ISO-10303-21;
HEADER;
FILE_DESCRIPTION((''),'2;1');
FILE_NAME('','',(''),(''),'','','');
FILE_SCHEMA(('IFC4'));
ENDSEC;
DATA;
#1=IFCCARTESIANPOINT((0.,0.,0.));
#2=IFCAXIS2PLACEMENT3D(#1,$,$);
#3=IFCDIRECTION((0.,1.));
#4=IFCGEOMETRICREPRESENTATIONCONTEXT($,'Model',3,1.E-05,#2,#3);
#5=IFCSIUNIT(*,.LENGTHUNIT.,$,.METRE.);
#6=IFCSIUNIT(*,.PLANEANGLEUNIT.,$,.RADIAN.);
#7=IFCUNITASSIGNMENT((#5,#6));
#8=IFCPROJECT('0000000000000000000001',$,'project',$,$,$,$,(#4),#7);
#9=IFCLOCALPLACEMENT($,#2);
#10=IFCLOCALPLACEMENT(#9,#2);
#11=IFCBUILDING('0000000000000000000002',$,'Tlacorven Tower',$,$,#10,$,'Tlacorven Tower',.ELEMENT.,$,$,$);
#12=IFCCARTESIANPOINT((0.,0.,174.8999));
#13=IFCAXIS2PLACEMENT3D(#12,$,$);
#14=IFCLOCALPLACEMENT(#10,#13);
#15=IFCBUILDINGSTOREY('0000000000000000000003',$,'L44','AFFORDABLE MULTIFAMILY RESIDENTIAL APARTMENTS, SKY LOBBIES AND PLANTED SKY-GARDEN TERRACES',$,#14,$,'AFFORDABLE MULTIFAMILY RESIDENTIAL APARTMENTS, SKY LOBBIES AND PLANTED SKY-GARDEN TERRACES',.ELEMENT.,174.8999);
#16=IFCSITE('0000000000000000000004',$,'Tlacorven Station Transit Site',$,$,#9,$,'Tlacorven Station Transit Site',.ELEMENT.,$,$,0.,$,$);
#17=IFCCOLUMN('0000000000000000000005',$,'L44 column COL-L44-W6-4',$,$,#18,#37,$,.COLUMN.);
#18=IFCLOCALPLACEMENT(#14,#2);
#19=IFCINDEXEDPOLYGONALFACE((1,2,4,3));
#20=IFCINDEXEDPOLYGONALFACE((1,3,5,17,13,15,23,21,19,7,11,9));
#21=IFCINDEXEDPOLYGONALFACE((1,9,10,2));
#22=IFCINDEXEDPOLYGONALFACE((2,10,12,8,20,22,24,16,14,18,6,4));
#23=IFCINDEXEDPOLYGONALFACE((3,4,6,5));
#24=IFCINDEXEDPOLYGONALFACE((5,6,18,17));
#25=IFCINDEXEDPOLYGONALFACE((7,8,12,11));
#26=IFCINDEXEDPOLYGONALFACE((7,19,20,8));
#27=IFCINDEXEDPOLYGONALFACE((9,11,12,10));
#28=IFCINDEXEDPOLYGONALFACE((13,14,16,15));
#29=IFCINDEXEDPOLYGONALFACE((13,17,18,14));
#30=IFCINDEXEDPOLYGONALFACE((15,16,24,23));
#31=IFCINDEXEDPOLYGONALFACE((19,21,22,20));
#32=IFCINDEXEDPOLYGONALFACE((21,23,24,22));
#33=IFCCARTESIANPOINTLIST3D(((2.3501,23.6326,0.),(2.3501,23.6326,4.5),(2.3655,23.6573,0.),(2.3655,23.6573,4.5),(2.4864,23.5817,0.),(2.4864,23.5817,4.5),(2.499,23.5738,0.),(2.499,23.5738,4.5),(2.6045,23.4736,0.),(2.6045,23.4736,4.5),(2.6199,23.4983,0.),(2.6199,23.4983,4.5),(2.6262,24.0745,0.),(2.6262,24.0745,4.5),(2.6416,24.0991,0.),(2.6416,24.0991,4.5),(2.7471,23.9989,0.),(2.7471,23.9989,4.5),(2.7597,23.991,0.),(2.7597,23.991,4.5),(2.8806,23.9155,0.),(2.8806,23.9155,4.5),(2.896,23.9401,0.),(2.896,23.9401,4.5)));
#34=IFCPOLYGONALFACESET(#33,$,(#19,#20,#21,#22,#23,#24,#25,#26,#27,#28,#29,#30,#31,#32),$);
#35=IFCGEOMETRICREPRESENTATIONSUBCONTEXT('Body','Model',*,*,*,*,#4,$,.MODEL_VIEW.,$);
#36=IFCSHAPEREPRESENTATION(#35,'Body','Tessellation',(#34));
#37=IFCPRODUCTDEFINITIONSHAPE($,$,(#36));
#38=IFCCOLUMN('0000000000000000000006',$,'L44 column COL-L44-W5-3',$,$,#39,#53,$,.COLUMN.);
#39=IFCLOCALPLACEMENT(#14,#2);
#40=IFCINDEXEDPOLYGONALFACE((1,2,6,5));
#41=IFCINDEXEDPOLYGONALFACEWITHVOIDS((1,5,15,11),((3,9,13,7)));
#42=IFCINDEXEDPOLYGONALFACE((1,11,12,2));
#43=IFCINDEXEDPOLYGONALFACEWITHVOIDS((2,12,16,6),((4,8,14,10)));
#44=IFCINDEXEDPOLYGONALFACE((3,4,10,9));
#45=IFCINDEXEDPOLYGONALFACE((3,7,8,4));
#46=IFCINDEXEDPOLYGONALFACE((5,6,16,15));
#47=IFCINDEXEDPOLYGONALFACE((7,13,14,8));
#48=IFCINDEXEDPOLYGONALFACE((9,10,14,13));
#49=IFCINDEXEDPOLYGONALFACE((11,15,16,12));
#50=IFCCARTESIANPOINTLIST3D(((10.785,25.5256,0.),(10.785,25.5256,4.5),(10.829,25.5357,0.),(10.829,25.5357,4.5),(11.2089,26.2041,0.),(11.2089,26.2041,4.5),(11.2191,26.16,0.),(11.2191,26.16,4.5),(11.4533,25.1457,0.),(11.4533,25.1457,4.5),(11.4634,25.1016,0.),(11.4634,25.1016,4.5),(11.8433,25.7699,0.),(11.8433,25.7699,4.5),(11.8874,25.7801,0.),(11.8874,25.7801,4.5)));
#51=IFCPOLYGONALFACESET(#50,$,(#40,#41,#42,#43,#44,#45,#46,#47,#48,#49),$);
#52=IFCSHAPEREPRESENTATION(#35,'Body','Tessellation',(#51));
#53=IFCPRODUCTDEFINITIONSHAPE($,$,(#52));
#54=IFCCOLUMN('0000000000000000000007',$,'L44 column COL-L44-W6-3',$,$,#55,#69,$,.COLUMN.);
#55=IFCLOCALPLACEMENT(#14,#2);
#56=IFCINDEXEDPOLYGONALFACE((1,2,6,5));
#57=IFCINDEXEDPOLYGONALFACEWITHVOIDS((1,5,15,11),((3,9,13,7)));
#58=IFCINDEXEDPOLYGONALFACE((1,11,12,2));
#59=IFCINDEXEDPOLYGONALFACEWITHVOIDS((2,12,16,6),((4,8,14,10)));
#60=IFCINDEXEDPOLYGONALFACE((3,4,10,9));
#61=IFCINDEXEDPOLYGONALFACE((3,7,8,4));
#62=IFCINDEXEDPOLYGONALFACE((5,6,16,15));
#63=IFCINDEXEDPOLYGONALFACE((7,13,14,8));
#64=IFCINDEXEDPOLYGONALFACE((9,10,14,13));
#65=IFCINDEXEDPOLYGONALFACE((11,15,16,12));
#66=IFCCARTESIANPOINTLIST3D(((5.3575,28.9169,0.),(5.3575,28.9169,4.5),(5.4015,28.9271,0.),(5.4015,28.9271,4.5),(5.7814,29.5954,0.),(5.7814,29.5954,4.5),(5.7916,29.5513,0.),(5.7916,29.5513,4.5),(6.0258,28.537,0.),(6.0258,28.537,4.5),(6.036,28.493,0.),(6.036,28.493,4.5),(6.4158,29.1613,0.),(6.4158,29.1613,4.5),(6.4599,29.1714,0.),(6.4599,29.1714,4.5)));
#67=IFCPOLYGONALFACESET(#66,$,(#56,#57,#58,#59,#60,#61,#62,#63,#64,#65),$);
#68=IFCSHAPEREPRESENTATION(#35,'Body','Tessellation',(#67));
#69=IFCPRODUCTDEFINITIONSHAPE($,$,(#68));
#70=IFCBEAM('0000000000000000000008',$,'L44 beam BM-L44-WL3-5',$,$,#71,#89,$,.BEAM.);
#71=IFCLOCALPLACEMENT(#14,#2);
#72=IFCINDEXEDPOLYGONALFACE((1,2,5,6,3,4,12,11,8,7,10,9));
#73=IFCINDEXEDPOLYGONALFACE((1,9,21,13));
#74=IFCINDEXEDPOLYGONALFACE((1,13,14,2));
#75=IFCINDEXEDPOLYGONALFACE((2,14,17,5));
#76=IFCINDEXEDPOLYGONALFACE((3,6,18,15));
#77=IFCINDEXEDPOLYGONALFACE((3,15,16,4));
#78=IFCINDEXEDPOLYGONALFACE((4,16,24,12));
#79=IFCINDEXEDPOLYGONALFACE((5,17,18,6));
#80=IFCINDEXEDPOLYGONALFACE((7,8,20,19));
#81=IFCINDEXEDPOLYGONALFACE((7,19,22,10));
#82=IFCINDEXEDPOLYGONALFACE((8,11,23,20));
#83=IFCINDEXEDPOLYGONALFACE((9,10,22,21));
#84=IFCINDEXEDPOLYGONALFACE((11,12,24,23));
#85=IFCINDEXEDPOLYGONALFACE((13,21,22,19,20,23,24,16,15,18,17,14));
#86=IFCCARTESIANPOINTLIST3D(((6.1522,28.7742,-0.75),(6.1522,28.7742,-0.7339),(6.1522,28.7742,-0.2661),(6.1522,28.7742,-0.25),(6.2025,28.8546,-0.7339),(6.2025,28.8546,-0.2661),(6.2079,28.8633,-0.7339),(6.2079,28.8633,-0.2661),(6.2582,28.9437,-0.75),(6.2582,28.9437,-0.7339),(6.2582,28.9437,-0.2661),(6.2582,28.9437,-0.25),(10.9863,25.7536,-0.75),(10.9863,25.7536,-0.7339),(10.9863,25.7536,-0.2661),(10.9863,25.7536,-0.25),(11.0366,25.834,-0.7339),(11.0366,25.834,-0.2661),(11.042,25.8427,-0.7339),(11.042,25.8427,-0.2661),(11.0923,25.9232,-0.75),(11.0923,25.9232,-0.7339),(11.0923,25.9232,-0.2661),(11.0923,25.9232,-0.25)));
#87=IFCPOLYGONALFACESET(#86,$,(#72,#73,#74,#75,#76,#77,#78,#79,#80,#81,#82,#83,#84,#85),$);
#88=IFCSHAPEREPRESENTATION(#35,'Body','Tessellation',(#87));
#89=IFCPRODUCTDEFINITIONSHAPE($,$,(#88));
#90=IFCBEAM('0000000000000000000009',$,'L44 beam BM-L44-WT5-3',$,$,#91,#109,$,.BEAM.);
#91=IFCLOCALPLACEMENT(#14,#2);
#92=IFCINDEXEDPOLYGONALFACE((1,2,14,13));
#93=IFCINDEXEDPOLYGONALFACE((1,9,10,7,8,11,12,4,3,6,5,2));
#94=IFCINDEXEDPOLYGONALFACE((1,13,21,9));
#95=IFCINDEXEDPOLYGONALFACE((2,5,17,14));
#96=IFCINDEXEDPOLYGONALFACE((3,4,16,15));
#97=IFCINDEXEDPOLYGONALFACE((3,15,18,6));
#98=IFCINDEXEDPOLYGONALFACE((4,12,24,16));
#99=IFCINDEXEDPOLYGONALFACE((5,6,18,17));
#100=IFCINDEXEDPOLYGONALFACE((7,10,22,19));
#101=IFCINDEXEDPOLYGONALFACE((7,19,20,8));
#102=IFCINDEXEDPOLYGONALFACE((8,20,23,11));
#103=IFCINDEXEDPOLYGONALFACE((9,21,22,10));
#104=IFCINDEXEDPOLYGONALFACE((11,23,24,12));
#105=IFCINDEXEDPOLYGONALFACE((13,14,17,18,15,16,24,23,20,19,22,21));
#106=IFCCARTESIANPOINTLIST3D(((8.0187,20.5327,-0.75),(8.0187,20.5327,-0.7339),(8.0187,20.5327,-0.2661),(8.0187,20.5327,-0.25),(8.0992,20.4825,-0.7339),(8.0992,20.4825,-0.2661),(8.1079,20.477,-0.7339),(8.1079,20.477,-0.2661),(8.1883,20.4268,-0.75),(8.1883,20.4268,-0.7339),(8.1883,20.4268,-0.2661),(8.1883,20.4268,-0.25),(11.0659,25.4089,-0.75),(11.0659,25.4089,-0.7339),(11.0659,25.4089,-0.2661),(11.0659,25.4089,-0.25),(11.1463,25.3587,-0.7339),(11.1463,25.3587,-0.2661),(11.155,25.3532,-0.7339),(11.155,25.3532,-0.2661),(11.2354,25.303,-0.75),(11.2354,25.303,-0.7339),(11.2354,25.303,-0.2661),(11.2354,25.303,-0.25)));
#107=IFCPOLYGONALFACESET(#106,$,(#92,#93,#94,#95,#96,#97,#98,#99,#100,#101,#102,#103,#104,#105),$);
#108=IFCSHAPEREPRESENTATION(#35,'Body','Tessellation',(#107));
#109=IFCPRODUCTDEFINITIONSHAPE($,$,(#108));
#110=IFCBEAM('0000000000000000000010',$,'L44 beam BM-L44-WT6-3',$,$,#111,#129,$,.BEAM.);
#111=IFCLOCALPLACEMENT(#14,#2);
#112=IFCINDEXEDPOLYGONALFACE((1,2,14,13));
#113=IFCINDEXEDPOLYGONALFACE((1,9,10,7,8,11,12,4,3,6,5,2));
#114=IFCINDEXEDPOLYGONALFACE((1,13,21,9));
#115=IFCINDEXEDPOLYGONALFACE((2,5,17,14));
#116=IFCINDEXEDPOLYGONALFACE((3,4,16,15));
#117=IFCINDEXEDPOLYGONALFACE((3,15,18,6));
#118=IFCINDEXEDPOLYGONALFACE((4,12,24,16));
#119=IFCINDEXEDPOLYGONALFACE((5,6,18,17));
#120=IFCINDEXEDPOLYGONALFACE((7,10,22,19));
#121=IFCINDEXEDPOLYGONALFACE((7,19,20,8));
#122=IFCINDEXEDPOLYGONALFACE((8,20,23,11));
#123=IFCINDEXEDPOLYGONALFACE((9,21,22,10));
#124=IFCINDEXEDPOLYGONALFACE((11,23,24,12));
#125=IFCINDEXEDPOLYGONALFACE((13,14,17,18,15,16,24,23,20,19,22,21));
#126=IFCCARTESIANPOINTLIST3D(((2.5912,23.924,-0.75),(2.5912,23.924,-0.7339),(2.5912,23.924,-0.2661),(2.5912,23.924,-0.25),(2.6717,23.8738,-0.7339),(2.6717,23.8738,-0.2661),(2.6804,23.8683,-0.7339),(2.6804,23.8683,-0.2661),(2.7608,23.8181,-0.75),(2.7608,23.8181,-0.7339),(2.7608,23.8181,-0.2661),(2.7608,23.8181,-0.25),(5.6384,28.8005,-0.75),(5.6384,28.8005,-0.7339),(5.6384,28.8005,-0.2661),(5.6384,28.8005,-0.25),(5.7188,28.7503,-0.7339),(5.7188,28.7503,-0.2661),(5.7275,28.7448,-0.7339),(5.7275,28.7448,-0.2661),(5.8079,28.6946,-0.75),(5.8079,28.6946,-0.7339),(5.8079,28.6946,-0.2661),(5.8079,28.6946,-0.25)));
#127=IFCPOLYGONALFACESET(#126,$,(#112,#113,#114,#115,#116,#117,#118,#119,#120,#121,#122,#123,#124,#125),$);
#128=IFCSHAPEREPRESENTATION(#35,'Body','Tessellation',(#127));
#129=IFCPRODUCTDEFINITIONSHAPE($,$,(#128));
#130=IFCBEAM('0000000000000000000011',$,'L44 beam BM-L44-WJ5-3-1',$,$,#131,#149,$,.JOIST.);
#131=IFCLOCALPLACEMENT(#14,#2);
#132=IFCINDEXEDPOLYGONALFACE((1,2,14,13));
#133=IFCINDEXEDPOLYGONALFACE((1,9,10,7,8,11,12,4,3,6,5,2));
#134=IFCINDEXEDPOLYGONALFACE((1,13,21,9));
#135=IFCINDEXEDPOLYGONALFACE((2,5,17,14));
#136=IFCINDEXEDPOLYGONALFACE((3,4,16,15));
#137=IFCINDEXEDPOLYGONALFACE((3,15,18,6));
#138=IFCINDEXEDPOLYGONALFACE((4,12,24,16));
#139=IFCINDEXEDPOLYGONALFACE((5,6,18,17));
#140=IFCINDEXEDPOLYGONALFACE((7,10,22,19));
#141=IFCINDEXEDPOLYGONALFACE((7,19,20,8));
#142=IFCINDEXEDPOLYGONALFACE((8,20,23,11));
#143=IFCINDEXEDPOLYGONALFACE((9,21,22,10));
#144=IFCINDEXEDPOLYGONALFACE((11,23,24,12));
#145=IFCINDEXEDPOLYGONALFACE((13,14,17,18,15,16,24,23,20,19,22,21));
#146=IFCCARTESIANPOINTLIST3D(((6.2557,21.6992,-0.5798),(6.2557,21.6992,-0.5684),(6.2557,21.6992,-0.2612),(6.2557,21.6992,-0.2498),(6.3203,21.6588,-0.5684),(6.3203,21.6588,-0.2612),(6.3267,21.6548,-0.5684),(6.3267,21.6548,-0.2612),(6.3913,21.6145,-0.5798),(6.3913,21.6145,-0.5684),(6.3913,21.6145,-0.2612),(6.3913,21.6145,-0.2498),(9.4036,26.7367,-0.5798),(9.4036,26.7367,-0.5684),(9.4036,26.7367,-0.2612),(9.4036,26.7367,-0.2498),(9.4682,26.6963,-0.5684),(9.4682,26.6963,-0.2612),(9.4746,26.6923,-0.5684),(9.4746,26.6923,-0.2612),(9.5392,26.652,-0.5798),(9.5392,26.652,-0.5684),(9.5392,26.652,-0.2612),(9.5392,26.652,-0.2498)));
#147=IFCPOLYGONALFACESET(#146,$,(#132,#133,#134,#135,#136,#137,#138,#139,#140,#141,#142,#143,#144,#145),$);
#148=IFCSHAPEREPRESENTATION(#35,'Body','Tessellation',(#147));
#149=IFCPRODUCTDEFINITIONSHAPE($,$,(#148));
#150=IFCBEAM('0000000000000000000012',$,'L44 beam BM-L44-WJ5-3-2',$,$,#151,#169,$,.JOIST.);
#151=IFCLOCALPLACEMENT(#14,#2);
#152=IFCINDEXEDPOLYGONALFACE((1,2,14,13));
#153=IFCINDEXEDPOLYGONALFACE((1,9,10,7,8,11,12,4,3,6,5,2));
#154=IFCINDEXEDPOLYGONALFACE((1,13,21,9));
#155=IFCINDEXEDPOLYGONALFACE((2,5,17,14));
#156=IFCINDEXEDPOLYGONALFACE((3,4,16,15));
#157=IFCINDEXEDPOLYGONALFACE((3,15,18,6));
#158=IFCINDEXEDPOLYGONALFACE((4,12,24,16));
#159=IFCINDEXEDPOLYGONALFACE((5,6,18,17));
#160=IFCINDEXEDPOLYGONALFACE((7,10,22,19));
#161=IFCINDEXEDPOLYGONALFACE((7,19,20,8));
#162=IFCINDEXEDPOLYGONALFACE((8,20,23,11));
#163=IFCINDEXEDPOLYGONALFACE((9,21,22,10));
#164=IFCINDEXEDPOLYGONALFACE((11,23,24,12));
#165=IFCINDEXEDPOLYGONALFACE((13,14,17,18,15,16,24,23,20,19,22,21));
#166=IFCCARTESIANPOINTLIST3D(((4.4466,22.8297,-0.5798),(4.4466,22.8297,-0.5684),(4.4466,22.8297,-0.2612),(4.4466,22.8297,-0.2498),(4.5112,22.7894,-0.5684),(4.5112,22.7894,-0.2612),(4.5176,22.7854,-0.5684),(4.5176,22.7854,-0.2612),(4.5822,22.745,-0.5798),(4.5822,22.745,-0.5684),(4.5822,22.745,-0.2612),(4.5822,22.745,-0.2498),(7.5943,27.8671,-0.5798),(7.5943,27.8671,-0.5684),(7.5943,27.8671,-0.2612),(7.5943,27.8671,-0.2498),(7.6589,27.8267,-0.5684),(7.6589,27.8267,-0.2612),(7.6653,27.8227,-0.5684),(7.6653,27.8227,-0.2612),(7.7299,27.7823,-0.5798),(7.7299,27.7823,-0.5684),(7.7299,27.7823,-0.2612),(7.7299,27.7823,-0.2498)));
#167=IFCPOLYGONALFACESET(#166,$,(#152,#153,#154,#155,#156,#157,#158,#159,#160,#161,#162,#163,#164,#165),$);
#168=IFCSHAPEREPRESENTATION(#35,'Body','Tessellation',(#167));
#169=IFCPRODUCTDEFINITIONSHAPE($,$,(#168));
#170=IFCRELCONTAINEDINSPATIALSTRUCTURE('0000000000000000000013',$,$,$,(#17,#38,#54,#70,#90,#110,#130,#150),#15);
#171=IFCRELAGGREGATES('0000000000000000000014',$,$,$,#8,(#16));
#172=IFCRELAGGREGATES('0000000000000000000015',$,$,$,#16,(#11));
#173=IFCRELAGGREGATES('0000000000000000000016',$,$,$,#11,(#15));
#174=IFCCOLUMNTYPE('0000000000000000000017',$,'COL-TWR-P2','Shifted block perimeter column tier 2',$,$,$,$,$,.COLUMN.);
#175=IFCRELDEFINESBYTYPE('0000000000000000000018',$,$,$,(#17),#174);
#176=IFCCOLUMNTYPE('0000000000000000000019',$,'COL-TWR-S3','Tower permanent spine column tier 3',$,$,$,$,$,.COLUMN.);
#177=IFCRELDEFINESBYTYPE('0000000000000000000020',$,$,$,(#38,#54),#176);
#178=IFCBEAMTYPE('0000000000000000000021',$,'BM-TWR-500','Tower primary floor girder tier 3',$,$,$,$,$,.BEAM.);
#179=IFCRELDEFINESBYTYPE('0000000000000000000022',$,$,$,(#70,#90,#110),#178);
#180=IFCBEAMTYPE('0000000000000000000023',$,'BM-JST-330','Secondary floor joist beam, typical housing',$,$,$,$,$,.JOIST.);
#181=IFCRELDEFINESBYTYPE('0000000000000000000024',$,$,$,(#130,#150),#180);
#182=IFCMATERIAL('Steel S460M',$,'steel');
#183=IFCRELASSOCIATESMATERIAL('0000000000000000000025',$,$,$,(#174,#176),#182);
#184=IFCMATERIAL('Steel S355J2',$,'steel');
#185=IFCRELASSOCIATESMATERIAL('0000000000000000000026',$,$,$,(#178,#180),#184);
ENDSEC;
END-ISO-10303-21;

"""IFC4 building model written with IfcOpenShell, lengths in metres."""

from ifc_helpers import new_model, si_unit, direction, frame, origin, origin_2d, place, context, subcontext, project, spatial, hollow_rectangle, i_section, extrude, source, transform, mapped, material, material_profile, profile_set, type_object, element, save


model = new_model("IFC4")

# Units and contexts
model_context = context("Model", 3, precision=1e-05, world=origin(), true_north=direction((0.0, 1.0)))
body_context = subcontext(model_context, "Body", "Model", "MODEL_VIEW")
ifc_project = project(units=[si_unit("LENGTHUNIT", "METRE"), si_unit("PLANEANGLEUNIT", "RADIAN")], contexts=[model_context])

# Site, building, storey
site_placement = place(None, origin())
site = spatial("IfcSite", under=ifc_project, at=site_placement, Name="Tlacorven Station Transit Site", LongName="Tlacorven Station Transit Site", CompositionType="ELEMENT", RefElevation=0.0)
building_placement = place(site_placement, origin())
building = spatial("IfcBuilding", under=site, at=building_placement, Name="Tlacorven Tower", LongName="Tlacorven Tower", CompositionType="ELEMENT")
storey_placement = place(building_placement, frame((0.0, 0.0, 174.8999)))
storey = spatial("IfcBuildingStorey", under=building, at=storey_placement, Name="L44", Description="AFFORDABLE MULTIFAMILY RESIDENTIAL APARTMENTS, SKY LOBBIES AND PLANTED SKY-GARDEN TERRACES", LongName="AFFORDABLE MULTIFAMILY RESIDENTIAL APARTMENTS, SKY LOBBIES AND PLANTED SKY-GARDEN TERRACES", CompositionType="ELEMENT", Elevation=174.8999)

# Columns
ifc_material_1 = material(Name="Steel S460M", Category="steel")
ifc_material_profile_1 = material_profile(ifc_material_1, i_section(OverallWidth=0.3, OverallDepth=0.55, WebThickness=0.0149, FlangeThickness=0.0291, at=origin_2d()), Name="HEB 550")
ifc_profile_set_1 = profile_set([ifc_material_profile_1], Name="Steel S460M")
column_type_1 = type_object("IfcColumnType", Name="COL-TWR-P2", Description="Shifted block perimeter column tier 2", PredefinedType="COLUMN", material=ifc_profile_set_1)
shared_shape_1 = source(origin(), body_context, "Body", "SweptSolid", [
    extrude(i_section(OverallWidth=0.3, OverallDepth=0.55, WebThickness=0.0149, FlangeThickness=0.0291, at=origin_2d()), origin(), (0.0, 0.0, 1.0), 4.5),
])
column_placement = place(storey_placement, frame((2.623, 23.7864, 0.0), z_axis=(0.0, 0.0, 1.0), x_axis=(-0.848048, 0.529919, 0.0)))
element("IfcColumn", 1, at=column_placement, inside=storey, type_object=column_type_1, Name="L44 column COL-L44-W6-4", PredefinedType="COLUMN", context=body_context, shape_type="MappedRepresentation", body=[
    mapped(shared_shape_1, transform((0.0, 0.0, 0.0), scale=1.0)),
])
ifc_material_profile_2 = material_profile(ifc_material_1, hollow_rectangle(XDim=0.8, YDim=0.8, WallThickness=0.032, at=origin_2d()), Name="BOX 800X800X32")
ifc_profile_set_2 = profile_set([ifc_material_profile_2], Name="Steel S460M")
column_type_2 = type_object("IfcColumnType", Name="COL-TWR-S3", Description="Tower permanent spine column tier 3", PredefinedType="COLUMN", material=ifc_profile_set_2)
shared_shape_2 = source(origin(), body_context, "Body", "SweptSolid", [
    extrude(hollow_rectangle(XDim=0.8, YDim=0.8, WallThickness=0.032, at=origin_2d()), origin(), (0.0, 0.0, 1.0), 4.5),
])
for number, where, z_axis, x_axis, name in (
    (2, (11.3362, 25.6528, 0.0), (0.0, 0.0, 1.0), (-0.848048, 0.529919, 0.0), "L44 column COL-L44-W5-3"),
    (3, (5.9087, 29.0442, 0.0), (0.0, 0.0, 1.0), (-0.848048, 0.529919, 0.0), "L44 column COL-L44-W6-3"),
):
    element("IfcColumn", number, at=place(storey_placement, frame(where, z_axis=z_axis, x_axis=x_axis)), inside=storey, type_object=column_type_2, Name=name, PredefinedType="COLUMN", context=body_context, shape_type="MappedRepresentation", body=[
        mapped(shared_shape_2, transform((0.0, 0.0, 0.0), scale=1.0)),
    ])

# Beams
ifc_material_2 = material(Name="Steel S355J2", Category="steel")
ifc_material_profile_3 = material_profile(ifc_material_2, i_section(OverallWidth=0.2, OverallDepth=0.5, WebThickness=0.0103, FlangeThickness=0.0161, at=origin_2d()), Name="IPE 500")
ifc_profile_set_3 = profile_set([ifc_material_profile_3], Name="Steel S355J2")
beam_type_1 = type_object("IfcBeamType", Name="BM-TWR-500", Description="Tower primary floor girder tier 3", PredefinedType="BEAM", material=ifc_profile_set_3)
shared_shape_3 = source(origin(), body_context, "Body", "SweptSolid", [
    extrude(i_section(OverallWidth=0.2, OverallDepth=0.5, WebThickness=0.0103, FlangeThickness=0.0161, at=origin_2d()), origin(), (0.0, 0.0, 1.0), 5.7002),
])
beam_1_placement = place(storey_placement, frame((11.0393, 25.8384, -0.5), z_axis=(-0.848056, 0.529907, 0.0), x_axis=(-0.529907, -0.848056, 0.0)))
element("IfcBeam", 4, at=beam_1_placement, inside=storey, type_object=beam_type_1, Name="L44 beam BM-L44-WL3-5", PredefinedType="BEAM", context=body_context, shape_type="MappedRepresentation", body=[
    mapped(shared_shape_3, transform((0.0, 0.0, 0.0), scale=1.0)),
])
shared_shape_4 = source(origin(), body_context, "Body", "SweptSolid", [
    extrude(i_section(OverallWidth=0.2, OverallDepth=0.5, WebThickness=0.0103, FlangeThickness=0.0161, at=origin_2d()), origin(), (0.0, 0.0, 1.0), 5.75),
])
beam_2_placement = place(storey_placement, frame((11.1506, 25.356, -0.5), z_axis=(-0.529934, -0.848039, 0.0), x_axis=(0.848039, -0.529934, 0.0)))
element("IfcBeam", 5, at=beam_2_placement, inside=storey, type_object=beam_type_1, Name="L44 beam BM-L44-WT5-3", PredefinedType="BEAM", context=body_context, shape_type="MappedRepresentation", body=[
    mapped(shared_shape_4, transform((0.0, 0.0, 0.0), scale=1.0)),
])
shared_shape_5 = source(origin(), body_context, "Body", "SweptSolid", [
    extrude(i_section(OverallWidth=0.2, OverallDepth=0.5, WebThickness=0.0103, FlangeThickness=0.0161, at=origin_2d()), origin(), (0.0, 0.0, 1.0), 5.7502),
])
beam_3_placement = place(storey_placement, frame((5.7231, 28.7476, -0.5), z_axis=(-0.529915, -0.848051, 0.0), x_axis=(0.848051, -0.529915, 0.0)))
element("IfcBeam", 6, at=beam_3_placement, inside=storey, type_object=beam_type_1, Name="L44 beam BM-L44-WT6-3", PredefinedType="BEAM", context=body_context, shape_type="MappedRepresentation", body=[
    mapped(shared_shape_5, transform((0.0, 0.0, 0.0), scale=1.0)),
])
ifc_material_profile_4 = material_profile(ifc_material_2, i_section(OverallWidth=0.1599, OverallDepth=0.3301, WebThickness=0.0076, FlangeThickness=0.0115, at=origin_2d()), Name="IPE 330")
ifc_profile_set_4 = profile_set([ifc_material_profile_4], Name="Steel S355J2")
beam_type_2 = type_object("IfcBeamType", Name="BM-JST-330", Description="Secondary floor joist beam, typical housing", PredefinedType="JOIST", material=ifc_profile_set_4)
shared_shape_6 = source(origin(), body_context, "Body", "SweptSolid", [
    extrude(i_section(OverallWidth=0.1599, OverallDepth=0.3301, WebThickness=0.0076, FlangeThickness=0.0115, at=origin_2d()), origin(), (0.0, 0.0, 1.0), 5.9402),
])
beam_4_placement = place(storey_placement, frame((9.4714, 26.6943, -0.4148), z_axis=(-0.529932, -0.84804, 0.0), x_axis=(0.84804, -0.529932, 0.0)))
element("IfcBeam", 7, at=beam_4_placement, inside=storey, type_object=beam_type_2, Name="L44 beam BM-L44-WJ5-3-1", PredefinedType="JOIST", context=body_context, shape_type="MappedRepresentation", body=[
    mapped(shared_shape_6, transform((0.0, 0.0, 0.0), scale=1.0)),
])
shared_shape_7 = source(origin(), body_context, "Body", "SweptSolid", [
    extrude(i_section(OverallWidth=0.1599, OverallDepth=0.3301, WebThickness=0.0076, FlangeThickness=0.0115, at=origin_2d()), origin(), (0.0, 0.0, 1.0), 5.9399),
])
beam_5_placement = place(storey_placement, frame((7.6621, 27.8247, -0.4148), z_axis=(-0.529921, -0.848047, 0.0), x_axis=(0.848047, -0.529921, 0.0)))
element("IfcBeam", 8, at=beam_5_placement, inside=storey, type_object=beam_type_2, Name="L44 beam BM-L44-WJ5-3-2", PredefinedType="JOIST", context=body_context, shape_type="MappedRepresentation", body=[
    mapped(shared_shape_7, transform((0.0, 0.0, 0.0), scale=1.0)),
])

save(model, "model.ifc")
